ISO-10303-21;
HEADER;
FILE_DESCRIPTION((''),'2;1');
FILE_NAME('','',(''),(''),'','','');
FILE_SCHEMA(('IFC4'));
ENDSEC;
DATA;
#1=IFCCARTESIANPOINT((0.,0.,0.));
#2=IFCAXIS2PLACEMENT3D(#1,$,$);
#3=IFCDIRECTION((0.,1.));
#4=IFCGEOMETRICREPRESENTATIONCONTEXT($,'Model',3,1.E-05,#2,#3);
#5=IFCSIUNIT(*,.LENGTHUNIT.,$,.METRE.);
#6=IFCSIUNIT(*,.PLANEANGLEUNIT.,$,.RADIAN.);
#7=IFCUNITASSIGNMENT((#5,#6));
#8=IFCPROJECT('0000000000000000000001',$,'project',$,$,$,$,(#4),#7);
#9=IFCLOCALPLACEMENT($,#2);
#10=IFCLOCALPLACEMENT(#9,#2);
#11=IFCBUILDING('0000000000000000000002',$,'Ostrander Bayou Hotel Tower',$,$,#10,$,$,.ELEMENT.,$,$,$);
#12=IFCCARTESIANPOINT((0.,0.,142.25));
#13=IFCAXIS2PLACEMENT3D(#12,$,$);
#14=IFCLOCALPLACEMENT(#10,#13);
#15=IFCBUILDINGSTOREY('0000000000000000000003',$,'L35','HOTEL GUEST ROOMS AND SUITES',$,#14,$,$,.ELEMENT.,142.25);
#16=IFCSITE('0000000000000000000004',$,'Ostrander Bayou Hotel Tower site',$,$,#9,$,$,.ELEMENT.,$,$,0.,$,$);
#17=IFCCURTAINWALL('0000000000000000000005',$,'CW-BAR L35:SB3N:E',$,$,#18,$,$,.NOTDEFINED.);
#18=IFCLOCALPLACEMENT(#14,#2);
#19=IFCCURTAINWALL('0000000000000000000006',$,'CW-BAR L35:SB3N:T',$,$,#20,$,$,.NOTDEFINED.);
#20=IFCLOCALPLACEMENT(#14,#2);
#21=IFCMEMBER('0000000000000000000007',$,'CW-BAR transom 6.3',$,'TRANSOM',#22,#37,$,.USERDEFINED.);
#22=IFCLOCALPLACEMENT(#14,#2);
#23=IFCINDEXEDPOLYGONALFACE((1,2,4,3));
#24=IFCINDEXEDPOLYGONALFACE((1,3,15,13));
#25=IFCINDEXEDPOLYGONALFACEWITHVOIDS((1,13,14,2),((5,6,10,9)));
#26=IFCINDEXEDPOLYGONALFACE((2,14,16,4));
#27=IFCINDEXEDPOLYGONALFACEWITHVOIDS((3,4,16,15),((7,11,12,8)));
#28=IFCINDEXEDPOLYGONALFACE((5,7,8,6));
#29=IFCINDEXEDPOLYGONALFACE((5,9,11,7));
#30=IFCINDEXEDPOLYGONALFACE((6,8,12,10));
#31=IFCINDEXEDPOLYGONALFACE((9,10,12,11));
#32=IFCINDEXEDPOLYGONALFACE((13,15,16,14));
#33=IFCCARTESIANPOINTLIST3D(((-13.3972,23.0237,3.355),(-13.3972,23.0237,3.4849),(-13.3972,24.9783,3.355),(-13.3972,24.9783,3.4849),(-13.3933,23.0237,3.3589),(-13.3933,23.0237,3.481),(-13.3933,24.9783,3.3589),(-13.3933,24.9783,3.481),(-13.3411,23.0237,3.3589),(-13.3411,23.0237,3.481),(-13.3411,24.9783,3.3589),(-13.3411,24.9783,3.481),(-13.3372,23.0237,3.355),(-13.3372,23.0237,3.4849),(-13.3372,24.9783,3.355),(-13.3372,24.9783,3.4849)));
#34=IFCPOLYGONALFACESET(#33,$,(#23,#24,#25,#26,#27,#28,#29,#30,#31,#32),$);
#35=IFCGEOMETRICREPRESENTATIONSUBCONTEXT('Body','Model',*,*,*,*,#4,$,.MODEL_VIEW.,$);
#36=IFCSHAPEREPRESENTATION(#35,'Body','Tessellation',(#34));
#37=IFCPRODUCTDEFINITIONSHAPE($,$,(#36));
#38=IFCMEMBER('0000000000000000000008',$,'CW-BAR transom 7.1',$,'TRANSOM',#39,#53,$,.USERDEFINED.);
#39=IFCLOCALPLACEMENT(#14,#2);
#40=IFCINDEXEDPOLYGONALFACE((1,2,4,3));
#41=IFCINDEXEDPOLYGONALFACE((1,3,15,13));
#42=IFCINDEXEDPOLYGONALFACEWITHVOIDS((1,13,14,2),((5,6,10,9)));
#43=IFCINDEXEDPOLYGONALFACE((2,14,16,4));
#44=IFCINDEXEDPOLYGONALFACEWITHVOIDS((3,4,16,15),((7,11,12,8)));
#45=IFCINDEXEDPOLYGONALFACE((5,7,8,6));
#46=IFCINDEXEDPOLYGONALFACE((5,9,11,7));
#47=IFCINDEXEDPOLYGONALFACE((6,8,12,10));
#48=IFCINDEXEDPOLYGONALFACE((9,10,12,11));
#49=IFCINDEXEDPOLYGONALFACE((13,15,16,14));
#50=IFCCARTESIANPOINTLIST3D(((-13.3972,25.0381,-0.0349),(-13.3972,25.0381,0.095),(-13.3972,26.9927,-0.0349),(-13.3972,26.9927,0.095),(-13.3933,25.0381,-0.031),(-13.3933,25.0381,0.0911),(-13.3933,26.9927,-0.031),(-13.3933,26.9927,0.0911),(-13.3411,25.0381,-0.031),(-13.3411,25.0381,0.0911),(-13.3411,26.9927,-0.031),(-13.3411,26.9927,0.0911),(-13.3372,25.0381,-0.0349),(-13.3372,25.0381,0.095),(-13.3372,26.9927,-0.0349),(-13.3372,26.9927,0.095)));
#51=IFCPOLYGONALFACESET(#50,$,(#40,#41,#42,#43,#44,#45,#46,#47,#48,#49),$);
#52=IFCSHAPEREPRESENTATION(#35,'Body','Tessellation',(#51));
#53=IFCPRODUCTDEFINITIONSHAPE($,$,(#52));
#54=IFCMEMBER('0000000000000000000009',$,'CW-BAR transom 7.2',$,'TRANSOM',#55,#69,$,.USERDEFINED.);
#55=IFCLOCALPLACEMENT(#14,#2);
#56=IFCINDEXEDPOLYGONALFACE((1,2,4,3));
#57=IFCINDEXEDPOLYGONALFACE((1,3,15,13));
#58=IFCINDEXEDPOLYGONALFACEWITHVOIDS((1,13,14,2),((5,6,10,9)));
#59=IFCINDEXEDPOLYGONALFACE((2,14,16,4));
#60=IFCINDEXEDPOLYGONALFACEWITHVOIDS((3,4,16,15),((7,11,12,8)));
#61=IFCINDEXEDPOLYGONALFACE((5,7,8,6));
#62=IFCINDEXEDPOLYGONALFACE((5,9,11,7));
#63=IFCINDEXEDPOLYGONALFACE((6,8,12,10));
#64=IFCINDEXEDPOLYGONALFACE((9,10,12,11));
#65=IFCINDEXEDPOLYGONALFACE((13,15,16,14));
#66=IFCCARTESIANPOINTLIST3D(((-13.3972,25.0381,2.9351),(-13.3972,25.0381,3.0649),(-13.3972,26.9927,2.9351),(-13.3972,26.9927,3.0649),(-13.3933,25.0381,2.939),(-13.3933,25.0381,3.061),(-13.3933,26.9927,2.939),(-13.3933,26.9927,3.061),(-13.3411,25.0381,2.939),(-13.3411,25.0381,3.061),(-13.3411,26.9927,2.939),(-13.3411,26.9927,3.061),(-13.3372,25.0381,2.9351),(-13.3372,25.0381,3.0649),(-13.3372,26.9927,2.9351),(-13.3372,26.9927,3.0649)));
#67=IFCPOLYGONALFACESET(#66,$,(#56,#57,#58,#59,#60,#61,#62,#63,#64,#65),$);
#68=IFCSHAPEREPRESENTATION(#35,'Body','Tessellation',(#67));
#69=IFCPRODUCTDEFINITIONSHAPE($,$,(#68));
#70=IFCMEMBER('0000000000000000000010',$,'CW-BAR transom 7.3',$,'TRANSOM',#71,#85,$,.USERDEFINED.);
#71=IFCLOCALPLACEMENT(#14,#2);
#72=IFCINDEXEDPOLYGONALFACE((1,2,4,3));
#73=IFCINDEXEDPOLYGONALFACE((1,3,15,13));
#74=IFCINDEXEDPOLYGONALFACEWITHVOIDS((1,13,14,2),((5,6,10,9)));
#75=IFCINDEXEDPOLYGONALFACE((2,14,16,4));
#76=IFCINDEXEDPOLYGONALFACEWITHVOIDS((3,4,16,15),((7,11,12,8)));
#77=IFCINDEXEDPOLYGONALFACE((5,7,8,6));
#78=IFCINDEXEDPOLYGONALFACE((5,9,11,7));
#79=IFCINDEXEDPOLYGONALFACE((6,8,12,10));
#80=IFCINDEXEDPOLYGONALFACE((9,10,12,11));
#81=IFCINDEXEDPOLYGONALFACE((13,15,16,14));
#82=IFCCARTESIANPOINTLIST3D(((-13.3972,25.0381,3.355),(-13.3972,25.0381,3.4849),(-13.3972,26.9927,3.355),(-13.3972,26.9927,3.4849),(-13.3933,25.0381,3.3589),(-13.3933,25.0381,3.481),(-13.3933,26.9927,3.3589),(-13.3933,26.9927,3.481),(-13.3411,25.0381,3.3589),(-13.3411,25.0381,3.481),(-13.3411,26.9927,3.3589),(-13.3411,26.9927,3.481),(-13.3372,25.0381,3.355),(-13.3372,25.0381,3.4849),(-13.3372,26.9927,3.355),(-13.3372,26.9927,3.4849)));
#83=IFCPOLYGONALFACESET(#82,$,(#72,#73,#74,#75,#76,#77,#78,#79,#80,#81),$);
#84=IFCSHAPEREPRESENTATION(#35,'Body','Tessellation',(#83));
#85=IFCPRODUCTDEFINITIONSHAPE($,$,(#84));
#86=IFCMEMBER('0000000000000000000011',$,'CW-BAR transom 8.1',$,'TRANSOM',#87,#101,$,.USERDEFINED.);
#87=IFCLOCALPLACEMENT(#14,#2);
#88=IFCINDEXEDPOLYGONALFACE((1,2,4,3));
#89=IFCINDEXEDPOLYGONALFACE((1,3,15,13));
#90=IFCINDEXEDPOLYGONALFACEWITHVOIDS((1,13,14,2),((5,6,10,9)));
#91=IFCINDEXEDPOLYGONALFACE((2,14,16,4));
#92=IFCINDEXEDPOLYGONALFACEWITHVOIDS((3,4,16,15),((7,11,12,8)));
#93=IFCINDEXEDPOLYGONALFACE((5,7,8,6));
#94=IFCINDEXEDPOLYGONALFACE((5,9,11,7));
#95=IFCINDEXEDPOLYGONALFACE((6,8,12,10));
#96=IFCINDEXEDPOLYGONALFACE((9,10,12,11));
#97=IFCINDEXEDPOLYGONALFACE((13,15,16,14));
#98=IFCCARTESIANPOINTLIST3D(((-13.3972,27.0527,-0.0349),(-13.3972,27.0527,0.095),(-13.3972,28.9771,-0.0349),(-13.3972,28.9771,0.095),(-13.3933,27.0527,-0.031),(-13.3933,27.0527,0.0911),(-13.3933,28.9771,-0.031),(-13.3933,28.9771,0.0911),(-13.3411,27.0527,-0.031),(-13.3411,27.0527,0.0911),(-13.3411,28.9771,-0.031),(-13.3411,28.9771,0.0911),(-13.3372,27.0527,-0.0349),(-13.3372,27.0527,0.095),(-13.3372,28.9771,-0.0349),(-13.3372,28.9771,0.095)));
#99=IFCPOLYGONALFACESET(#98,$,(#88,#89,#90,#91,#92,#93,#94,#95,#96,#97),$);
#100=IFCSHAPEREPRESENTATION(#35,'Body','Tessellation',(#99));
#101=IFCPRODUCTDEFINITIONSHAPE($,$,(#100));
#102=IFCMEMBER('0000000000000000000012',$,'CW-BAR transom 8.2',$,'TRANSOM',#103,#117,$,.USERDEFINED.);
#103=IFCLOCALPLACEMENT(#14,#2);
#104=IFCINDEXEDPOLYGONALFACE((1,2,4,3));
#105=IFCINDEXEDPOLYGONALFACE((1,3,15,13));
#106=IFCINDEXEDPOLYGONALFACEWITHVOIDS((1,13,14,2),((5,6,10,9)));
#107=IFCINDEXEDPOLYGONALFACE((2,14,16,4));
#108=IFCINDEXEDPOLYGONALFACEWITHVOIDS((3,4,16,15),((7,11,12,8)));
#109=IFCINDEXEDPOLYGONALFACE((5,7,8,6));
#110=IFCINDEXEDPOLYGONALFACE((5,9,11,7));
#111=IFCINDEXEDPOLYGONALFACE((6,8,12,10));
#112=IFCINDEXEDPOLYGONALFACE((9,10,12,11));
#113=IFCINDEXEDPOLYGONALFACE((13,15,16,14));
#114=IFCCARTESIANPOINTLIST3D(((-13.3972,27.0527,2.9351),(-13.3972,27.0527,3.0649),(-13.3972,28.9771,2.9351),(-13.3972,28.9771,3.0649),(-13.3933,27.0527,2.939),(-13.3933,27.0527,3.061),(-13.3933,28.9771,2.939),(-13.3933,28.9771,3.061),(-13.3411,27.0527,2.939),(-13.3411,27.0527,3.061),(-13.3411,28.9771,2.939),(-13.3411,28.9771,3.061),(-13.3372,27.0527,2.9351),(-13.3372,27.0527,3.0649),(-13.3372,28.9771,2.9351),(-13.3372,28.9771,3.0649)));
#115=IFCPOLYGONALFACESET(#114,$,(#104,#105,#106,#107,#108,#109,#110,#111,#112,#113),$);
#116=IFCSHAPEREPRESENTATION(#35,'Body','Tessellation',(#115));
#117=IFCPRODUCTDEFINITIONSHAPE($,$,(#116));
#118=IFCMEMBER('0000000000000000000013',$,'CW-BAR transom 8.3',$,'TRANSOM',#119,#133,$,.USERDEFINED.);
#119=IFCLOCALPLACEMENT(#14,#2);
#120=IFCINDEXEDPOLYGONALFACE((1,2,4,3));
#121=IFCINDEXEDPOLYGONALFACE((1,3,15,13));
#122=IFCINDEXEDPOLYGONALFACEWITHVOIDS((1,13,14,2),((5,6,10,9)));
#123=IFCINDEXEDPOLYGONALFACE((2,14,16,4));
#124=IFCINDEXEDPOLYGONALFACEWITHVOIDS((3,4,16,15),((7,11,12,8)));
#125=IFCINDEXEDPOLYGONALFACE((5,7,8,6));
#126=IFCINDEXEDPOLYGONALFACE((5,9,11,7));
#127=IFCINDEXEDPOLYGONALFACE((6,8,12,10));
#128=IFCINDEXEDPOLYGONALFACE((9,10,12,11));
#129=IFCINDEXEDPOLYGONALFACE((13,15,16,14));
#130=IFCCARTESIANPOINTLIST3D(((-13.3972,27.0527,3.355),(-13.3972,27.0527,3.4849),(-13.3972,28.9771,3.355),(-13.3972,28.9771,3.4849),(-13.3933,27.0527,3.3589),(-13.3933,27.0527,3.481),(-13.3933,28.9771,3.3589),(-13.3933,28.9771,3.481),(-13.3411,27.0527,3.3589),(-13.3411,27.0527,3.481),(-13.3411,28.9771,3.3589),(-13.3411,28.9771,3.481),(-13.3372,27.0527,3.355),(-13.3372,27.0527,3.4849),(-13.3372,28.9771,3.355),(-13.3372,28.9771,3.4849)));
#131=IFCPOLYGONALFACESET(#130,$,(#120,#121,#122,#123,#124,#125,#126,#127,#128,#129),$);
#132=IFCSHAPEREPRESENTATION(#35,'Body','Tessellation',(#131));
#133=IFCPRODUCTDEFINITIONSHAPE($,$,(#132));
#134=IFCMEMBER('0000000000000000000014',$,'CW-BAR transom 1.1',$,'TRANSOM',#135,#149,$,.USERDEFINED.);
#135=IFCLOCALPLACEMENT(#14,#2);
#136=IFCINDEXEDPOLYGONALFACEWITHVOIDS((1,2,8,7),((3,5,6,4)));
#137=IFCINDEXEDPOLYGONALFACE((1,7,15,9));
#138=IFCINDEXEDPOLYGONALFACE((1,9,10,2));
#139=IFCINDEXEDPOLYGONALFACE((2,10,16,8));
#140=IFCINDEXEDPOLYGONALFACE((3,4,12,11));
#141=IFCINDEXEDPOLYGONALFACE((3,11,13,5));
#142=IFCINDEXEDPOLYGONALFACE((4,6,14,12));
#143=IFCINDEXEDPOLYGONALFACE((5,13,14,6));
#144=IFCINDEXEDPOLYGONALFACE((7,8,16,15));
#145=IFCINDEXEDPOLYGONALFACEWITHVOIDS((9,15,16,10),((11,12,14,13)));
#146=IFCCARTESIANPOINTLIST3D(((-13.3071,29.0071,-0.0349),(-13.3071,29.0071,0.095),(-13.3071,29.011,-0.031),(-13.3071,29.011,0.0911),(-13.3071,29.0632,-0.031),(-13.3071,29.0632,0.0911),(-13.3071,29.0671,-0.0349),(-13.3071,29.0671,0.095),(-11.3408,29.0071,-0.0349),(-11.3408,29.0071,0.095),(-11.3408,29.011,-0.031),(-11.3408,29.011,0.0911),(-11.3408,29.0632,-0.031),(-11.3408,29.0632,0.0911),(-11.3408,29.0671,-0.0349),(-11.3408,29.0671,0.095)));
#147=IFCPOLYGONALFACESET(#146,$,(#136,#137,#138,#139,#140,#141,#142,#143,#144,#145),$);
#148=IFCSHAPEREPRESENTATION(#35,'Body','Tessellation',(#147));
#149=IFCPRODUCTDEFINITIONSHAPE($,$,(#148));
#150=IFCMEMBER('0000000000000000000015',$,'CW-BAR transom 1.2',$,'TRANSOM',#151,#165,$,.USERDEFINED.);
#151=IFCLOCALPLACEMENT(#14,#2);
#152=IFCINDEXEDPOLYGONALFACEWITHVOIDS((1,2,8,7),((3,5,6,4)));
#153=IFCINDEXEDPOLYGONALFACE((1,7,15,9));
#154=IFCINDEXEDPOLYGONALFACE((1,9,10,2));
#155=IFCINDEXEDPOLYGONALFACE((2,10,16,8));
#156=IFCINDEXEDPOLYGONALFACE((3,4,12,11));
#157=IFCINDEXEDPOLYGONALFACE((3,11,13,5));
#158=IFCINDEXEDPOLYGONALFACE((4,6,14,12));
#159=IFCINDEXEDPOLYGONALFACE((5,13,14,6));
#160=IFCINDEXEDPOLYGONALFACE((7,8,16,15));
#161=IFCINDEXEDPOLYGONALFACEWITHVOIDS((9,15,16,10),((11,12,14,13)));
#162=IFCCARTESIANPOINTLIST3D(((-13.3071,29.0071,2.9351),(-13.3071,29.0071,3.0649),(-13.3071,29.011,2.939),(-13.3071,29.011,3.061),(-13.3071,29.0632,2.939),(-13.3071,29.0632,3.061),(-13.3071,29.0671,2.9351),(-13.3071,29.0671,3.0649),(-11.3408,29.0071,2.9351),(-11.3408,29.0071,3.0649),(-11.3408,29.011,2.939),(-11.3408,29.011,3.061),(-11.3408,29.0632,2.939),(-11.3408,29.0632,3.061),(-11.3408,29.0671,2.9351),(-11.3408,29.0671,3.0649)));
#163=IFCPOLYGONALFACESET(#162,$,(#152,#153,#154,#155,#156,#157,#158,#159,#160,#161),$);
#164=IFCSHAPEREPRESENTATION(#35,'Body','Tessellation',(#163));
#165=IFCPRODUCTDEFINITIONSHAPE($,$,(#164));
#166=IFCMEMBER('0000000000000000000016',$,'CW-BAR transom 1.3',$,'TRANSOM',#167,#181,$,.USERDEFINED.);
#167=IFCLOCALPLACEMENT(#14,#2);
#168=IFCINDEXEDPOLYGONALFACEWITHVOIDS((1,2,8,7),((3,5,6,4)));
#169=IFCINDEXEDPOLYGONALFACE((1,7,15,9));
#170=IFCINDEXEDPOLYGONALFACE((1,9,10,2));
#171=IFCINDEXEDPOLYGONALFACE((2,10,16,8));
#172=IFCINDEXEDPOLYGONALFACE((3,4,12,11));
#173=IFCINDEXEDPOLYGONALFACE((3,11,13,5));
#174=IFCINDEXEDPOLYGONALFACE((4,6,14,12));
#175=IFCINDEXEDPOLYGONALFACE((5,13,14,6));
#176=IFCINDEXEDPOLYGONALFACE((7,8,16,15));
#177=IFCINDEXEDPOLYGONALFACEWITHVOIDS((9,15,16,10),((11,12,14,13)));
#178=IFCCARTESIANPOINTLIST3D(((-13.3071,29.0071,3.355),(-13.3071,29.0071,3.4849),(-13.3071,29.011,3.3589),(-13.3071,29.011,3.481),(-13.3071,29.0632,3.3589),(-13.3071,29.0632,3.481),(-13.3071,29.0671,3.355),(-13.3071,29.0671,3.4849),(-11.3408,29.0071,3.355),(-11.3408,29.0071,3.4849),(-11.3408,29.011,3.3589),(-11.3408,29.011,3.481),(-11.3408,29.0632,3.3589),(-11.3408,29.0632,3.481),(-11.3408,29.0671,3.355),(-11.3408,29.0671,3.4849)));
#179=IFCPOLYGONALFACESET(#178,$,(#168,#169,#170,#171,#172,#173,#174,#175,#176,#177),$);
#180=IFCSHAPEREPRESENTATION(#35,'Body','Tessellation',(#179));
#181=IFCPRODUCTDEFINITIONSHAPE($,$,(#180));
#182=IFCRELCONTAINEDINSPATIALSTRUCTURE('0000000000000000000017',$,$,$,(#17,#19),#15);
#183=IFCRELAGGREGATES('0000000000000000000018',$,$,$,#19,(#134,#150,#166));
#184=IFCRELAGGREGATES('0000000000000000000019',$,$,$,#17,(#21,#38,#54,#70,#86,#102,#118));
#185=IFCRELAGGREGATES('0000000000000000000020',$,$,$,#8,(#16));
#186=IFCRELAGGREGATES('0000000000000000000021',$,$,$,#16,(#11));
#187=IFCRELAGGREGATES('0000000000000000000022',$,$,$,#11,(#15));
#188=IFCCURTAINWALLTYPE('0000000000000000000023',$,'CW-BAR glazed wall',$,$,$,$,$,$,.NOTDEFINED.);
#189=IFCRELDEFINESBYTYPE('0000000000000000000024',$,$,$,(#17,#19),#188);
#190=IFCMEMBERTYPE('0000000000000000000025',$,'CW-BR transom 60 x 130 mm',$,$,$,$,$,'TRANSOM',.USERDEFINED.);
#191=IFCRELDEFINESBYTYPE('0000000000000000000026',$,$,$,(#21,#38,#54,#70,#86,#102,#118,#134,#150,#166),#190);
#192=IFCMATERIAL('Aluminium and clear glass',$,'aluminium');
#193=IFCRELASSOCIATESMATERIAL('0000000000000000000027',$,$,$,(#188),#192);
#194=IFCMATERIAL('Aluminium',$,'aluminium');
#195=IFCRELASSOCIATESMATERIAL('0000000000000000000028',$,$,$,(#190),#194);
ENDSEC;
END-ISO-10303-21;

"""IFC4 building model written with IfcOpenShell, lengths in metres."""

from ifc_helpers import new_model, si_unit, direction, frame, origin, origin_2d, place, context, subcontext, project, spatial, hollow_rectangle, extrude, material, material_profile, profile_set, type_object, element, aggregate, save


model = new_model("IFC4")

# Units and contexts
model_context = context("Model", 3, precision=1e-05, world=origin(), true_north=direction((0.0, 1.0)))
body_context = subcontext(model_context, "Body", "Model", "MODEL_VIEW")
ifc_project = project(units=[si_unit("LENGTHUNIT", "METRE"), si_unit("PLANEANGLEUNIT", "RADIAN")], contexts=[model_context])

# Site, building, storey
site_placement = place(None, origin())
site = spatial("IfcSite", under=ifc_project, at=site_placement, Name="Ostrander Bayou Hotel Tower site", CompositionType="ELEMENT", RefElevation=0.0)
building_placement = place(site_placement, origin())
building = spatial("IfcBuilding", under=site, at=building_placement, Name="Ostrander Bayou Hotel Tower", CompositionType="ELEMENT")
storey_placement = place(building_placement, frame((0.0, 0.0, 142.25)))
storey = spatial("IfcBuildingStorey", under=building, at=storey_placement, Name="L35", Description="HOTEL GUEST ROOMS AND SUITES", CompositionType="ELEMENT", Elevation=142.25)

# Curtain wall
ifc_material_1 = material(Name="Aluminium and clear glass", Category="aluminium")
curtain_wall_type = type_object("IfcCurtainWallType", Name="CW-BAR glazed wall", PredefinedType="NOTDEFINED", material=ifc_material_1)
curtain_wall_1_placement = place(storey_placement, origin())
curtain_wall_1 = element("IfcCurtainWall", 1, at=curtain_wall_1_placement, inside=storey, type_object=curtain_wall_type, Name="CW-BAR L35:SB3N:E", PredefinedType="NOTDEFINED")

# Curtain wall
curtain_wall_2_placement = place(storey_placement, origin())
curtain_wall_2 = element("IfcCurtainWall", 2, at=curtain_wall_2_placement, inside=storey, type_object=curtain_wall_type, Name="CW-BAR L35:SB3N:T", PredefinedType="NOTDEFINED")

# Members
ifc_material_2 = material(Name="Aluminium", Category="aluminium")
ifc_material_profile_1 = material_profile(ifc_material_2, hollow_rectangle(XDim=0.0601, YDim=0.1299, WallThickness=0.0039, at=origin_2d()))
ifc_profile_set_1 = profile_set([ifc_material_profile_1], Name="Aluminium")
member_type_1 = type_object("IfcMemberType", Name="CW-BR transom 60 x 130 mm", ElementType="TRANSOM", PredefinedType="USERDEFINED", material=ifc_profile_set_1)
member_1_placement = place(storey_placement, frame((-13.3672, 23.0237, 3.4199), z_axis=(0.0, 1.0, 0.0), x_axis=(-1.0, 0.0, 0.0)))
member_1 = element("IfcMember", 3, at=member_1_placement, type_object=member_type_1, Name="CW-BAR transom 6.3", ObjectType="TRANSOM", PredefinedType="USERDEFINED", context=body_context, shape_type="SweptSolid", body=[
    extrude(hollow_rectangle(XDim=0.0601, YDim=0.1299, WallThickness=0.0039, at=origin_2d()), origin(), (0.0, 0.0, 1.0), 1.9546),
])
member_2_placement = place(storey_placement, frame((-13.3672, 25.0381, 0.03), z_axis=(0.0, 1.0, 0.0), x_axis=(-1.0, 0.0, 0.0)))
member_2 = element("IfcMember", 4, at=member_2_placement, type_object=member_type_1, Name="CW-BAR transom 7.1", ObjectType="TRANSOM", PredefinedType="USERDEFINED", context=body_context, shape_type="SweptSolid", body=[
    extrude(hollow_rectangle(XDim=0.0601, YDim=0.1299, WallThickness=0.0039, at=origin_2d()), origin(), (0.0, 0.0, 1.0), 1.9546),
])
member_3_placement = place(storey_placement, frame((-13.3672, 25.0381, 3.0), z_axis=(0.0, 1.0, 0.0), x_axis=(-1.0, 0.0, 0.0)))
member_3 = element("IfcMember", 5, at=member_3_placement, type_object=member_type_1, Name="CW-BAR transom 7.2", ObjectType="TRANSOM", PredefinedType="USERDEFINED", context=body_context, shape_type="SweptSolid", body=[
    extrude(hollow_rectangle(XDim=0.0601, YDim=0.1299, WallThickness=0.0039, at=origin_2d()), origin(), (0.0, 0.0, 1.0), 1.9546),
])
member_4_placement = place(storey_placement, frame((-13.3672, 25.0381, 3.4199), z_axis=(0.0, 1.0, 0.0), x_axis=(-1.0, 0.0, 0.0)))
member_4 = element("IfcMember", 6, at=member_4_placement, type_object=member_type_1, Name="CW-BAR transom 7.3", ObjectType="TRANSOM", PredefinedType="USERDEFINED", context=body_context, shape_type="SweptSolid", body=[
    extrude(hollow_rectangle(XDim=0.0601, YDim=0.1299, WallThickness=0.0039, at=origin_2d()), origin(), (0.0, 0.0, 1.0), 1.9546),
])
member_5_placement = place(storey_placement, frame((-13.3672, 27.0527, 0.03), z_axis=(0.0, 1.0, 0.0), x_axis=(-1.0, 0.0, 0.0)))
member_5 = element("IfcMember", 7, at=member_5_placement, type_object=member_type_1, Name="CW-BAR transom 8.1", ObjectType="TRANSOM", PredefinedType="USERDEFINED", context=body_context, shape_type="SweptSolid", body=[
    extrude(hollow_rectangle(XDim=0.0601, YDim=0.1299, WallThickness=0.0039, at=origin_2d()), origin(), (0.0, 0.0, 1.0), 1.9243),
])
member_6_placement = place(storey_placement, frame((-13.3672, 27.0527, 3.0), z_axis=(0.0, 1.0, 0.0), x_axis=(-1.0, 0.0, 0.0)))
member_6 = element("IfcMember", 8, at=member_6_placement, type_object=member_type_1, Name="CW-BAR transom 8.2", ObjectType="TRANSOM", PredefinedType="USERDEFINED", context=body_context, shape_type="SweptSolid", body=[
    extrude(hollow_rectangle(XDim=0.0601, YDim=0.1299, WallThickness=0.0039, at=origin_2d()), origin(), (0.0, 0.0, 1.0), 1.9243),
])
member_7_placement = place(storey_placement, frame((-13.3672, 27.0527, 3.4199), z_axis=(0.0, 1.0, 0.0), x_axis=(-1.0, 0.0, 0.0)))
member_7 = element("IfcMember", 9, at=member_7_placement, type_object=member_type_1, Name="CW-BAR transom 8.3", ObjectType="TRANSOM", PredefinedType="USERDEFINED", context=body_context, shape_type="SweptSolid", body=[
    extrude(hollow_rectangle(XDim=0.0601, YDim=0.1299, WallThickness=0.0039, at=origin_2d()), origin(), (0.0, 0.0, 1.0), 1.9243),
])
member_8_placement = place(storey_placement, frame((-13.3071, 29.0371, 0.03), z_axis=(1.0, 0.0, 0.0), x_axis=(0.0, 1.0, 0.0)))
member_8 = element("IfcMember", 10, at=member_8_placement, type_object=member_type_1, Name="CW-BAR transom 1.1", ObjectType="TRANSOM", PredefinedType="USERDEFINED", context=body_context, shape_type="SweptSolid", body=[
    extrude(hollow_rectangle(XDim=0.0601, YDim=0.1299, WallThickness=0.0039, at=origin_2d()), origin(), (0.0, 0.0, 1.0), 1.9663),
])
member_9_placement = place(storey_placement, frame((-13.3071, 29.0371, 3.0), z_axis=(1.0, 0.0, 0.0), x_axis=(0.0, 1.0, 0.0)))
member_9 = element("IfcMember", 11, at=member_9_placement, type_object=member_type_1, Name="CW-BAR transom 1.2", ObjectType="TRANSOM", PredefinedType="USERDEFINED", context=body_context, shape_type="SweptSolid", body=[
    extrude(hollow_rectangle(XDim=0.0601, YDim=0.1299, WallThickness=0.0039, at=origin_2d()), origin(), (0.0, 0.0, 1.0), 1.9663),
])
member_10_placement = place(storey_placement, frame((-13.3071, 29.0371, 3.4199), z_axis=(1.0, 0.0, 0.0), x_axis=(0.0, 1.0, 0.0)))
member_10 = element("IfcMember", 12, at=member_10_placement, type_object=member_type_1, Name="CW-BAR transom 1.3", ObjectType="TRANSOM", PredefinedType="USERDEFINED", context=body_context, shape_type="SweptSolid", body=[
    extrude(hollow_rectangle(XDim=0.0601, YDim=0.1299, WallThickness=0.0039, at=origin_2d()), origin(), (0.0, 0.0, 1.0), 1.9663),
])
aggregate(curtain_wall_2, [member_8, member_9, member_10])

aggregate(curtain_wall_1, [member_1, member_2, member_3, member_4, member_5, member_6, member_7])

save(model, "model.ifc")
